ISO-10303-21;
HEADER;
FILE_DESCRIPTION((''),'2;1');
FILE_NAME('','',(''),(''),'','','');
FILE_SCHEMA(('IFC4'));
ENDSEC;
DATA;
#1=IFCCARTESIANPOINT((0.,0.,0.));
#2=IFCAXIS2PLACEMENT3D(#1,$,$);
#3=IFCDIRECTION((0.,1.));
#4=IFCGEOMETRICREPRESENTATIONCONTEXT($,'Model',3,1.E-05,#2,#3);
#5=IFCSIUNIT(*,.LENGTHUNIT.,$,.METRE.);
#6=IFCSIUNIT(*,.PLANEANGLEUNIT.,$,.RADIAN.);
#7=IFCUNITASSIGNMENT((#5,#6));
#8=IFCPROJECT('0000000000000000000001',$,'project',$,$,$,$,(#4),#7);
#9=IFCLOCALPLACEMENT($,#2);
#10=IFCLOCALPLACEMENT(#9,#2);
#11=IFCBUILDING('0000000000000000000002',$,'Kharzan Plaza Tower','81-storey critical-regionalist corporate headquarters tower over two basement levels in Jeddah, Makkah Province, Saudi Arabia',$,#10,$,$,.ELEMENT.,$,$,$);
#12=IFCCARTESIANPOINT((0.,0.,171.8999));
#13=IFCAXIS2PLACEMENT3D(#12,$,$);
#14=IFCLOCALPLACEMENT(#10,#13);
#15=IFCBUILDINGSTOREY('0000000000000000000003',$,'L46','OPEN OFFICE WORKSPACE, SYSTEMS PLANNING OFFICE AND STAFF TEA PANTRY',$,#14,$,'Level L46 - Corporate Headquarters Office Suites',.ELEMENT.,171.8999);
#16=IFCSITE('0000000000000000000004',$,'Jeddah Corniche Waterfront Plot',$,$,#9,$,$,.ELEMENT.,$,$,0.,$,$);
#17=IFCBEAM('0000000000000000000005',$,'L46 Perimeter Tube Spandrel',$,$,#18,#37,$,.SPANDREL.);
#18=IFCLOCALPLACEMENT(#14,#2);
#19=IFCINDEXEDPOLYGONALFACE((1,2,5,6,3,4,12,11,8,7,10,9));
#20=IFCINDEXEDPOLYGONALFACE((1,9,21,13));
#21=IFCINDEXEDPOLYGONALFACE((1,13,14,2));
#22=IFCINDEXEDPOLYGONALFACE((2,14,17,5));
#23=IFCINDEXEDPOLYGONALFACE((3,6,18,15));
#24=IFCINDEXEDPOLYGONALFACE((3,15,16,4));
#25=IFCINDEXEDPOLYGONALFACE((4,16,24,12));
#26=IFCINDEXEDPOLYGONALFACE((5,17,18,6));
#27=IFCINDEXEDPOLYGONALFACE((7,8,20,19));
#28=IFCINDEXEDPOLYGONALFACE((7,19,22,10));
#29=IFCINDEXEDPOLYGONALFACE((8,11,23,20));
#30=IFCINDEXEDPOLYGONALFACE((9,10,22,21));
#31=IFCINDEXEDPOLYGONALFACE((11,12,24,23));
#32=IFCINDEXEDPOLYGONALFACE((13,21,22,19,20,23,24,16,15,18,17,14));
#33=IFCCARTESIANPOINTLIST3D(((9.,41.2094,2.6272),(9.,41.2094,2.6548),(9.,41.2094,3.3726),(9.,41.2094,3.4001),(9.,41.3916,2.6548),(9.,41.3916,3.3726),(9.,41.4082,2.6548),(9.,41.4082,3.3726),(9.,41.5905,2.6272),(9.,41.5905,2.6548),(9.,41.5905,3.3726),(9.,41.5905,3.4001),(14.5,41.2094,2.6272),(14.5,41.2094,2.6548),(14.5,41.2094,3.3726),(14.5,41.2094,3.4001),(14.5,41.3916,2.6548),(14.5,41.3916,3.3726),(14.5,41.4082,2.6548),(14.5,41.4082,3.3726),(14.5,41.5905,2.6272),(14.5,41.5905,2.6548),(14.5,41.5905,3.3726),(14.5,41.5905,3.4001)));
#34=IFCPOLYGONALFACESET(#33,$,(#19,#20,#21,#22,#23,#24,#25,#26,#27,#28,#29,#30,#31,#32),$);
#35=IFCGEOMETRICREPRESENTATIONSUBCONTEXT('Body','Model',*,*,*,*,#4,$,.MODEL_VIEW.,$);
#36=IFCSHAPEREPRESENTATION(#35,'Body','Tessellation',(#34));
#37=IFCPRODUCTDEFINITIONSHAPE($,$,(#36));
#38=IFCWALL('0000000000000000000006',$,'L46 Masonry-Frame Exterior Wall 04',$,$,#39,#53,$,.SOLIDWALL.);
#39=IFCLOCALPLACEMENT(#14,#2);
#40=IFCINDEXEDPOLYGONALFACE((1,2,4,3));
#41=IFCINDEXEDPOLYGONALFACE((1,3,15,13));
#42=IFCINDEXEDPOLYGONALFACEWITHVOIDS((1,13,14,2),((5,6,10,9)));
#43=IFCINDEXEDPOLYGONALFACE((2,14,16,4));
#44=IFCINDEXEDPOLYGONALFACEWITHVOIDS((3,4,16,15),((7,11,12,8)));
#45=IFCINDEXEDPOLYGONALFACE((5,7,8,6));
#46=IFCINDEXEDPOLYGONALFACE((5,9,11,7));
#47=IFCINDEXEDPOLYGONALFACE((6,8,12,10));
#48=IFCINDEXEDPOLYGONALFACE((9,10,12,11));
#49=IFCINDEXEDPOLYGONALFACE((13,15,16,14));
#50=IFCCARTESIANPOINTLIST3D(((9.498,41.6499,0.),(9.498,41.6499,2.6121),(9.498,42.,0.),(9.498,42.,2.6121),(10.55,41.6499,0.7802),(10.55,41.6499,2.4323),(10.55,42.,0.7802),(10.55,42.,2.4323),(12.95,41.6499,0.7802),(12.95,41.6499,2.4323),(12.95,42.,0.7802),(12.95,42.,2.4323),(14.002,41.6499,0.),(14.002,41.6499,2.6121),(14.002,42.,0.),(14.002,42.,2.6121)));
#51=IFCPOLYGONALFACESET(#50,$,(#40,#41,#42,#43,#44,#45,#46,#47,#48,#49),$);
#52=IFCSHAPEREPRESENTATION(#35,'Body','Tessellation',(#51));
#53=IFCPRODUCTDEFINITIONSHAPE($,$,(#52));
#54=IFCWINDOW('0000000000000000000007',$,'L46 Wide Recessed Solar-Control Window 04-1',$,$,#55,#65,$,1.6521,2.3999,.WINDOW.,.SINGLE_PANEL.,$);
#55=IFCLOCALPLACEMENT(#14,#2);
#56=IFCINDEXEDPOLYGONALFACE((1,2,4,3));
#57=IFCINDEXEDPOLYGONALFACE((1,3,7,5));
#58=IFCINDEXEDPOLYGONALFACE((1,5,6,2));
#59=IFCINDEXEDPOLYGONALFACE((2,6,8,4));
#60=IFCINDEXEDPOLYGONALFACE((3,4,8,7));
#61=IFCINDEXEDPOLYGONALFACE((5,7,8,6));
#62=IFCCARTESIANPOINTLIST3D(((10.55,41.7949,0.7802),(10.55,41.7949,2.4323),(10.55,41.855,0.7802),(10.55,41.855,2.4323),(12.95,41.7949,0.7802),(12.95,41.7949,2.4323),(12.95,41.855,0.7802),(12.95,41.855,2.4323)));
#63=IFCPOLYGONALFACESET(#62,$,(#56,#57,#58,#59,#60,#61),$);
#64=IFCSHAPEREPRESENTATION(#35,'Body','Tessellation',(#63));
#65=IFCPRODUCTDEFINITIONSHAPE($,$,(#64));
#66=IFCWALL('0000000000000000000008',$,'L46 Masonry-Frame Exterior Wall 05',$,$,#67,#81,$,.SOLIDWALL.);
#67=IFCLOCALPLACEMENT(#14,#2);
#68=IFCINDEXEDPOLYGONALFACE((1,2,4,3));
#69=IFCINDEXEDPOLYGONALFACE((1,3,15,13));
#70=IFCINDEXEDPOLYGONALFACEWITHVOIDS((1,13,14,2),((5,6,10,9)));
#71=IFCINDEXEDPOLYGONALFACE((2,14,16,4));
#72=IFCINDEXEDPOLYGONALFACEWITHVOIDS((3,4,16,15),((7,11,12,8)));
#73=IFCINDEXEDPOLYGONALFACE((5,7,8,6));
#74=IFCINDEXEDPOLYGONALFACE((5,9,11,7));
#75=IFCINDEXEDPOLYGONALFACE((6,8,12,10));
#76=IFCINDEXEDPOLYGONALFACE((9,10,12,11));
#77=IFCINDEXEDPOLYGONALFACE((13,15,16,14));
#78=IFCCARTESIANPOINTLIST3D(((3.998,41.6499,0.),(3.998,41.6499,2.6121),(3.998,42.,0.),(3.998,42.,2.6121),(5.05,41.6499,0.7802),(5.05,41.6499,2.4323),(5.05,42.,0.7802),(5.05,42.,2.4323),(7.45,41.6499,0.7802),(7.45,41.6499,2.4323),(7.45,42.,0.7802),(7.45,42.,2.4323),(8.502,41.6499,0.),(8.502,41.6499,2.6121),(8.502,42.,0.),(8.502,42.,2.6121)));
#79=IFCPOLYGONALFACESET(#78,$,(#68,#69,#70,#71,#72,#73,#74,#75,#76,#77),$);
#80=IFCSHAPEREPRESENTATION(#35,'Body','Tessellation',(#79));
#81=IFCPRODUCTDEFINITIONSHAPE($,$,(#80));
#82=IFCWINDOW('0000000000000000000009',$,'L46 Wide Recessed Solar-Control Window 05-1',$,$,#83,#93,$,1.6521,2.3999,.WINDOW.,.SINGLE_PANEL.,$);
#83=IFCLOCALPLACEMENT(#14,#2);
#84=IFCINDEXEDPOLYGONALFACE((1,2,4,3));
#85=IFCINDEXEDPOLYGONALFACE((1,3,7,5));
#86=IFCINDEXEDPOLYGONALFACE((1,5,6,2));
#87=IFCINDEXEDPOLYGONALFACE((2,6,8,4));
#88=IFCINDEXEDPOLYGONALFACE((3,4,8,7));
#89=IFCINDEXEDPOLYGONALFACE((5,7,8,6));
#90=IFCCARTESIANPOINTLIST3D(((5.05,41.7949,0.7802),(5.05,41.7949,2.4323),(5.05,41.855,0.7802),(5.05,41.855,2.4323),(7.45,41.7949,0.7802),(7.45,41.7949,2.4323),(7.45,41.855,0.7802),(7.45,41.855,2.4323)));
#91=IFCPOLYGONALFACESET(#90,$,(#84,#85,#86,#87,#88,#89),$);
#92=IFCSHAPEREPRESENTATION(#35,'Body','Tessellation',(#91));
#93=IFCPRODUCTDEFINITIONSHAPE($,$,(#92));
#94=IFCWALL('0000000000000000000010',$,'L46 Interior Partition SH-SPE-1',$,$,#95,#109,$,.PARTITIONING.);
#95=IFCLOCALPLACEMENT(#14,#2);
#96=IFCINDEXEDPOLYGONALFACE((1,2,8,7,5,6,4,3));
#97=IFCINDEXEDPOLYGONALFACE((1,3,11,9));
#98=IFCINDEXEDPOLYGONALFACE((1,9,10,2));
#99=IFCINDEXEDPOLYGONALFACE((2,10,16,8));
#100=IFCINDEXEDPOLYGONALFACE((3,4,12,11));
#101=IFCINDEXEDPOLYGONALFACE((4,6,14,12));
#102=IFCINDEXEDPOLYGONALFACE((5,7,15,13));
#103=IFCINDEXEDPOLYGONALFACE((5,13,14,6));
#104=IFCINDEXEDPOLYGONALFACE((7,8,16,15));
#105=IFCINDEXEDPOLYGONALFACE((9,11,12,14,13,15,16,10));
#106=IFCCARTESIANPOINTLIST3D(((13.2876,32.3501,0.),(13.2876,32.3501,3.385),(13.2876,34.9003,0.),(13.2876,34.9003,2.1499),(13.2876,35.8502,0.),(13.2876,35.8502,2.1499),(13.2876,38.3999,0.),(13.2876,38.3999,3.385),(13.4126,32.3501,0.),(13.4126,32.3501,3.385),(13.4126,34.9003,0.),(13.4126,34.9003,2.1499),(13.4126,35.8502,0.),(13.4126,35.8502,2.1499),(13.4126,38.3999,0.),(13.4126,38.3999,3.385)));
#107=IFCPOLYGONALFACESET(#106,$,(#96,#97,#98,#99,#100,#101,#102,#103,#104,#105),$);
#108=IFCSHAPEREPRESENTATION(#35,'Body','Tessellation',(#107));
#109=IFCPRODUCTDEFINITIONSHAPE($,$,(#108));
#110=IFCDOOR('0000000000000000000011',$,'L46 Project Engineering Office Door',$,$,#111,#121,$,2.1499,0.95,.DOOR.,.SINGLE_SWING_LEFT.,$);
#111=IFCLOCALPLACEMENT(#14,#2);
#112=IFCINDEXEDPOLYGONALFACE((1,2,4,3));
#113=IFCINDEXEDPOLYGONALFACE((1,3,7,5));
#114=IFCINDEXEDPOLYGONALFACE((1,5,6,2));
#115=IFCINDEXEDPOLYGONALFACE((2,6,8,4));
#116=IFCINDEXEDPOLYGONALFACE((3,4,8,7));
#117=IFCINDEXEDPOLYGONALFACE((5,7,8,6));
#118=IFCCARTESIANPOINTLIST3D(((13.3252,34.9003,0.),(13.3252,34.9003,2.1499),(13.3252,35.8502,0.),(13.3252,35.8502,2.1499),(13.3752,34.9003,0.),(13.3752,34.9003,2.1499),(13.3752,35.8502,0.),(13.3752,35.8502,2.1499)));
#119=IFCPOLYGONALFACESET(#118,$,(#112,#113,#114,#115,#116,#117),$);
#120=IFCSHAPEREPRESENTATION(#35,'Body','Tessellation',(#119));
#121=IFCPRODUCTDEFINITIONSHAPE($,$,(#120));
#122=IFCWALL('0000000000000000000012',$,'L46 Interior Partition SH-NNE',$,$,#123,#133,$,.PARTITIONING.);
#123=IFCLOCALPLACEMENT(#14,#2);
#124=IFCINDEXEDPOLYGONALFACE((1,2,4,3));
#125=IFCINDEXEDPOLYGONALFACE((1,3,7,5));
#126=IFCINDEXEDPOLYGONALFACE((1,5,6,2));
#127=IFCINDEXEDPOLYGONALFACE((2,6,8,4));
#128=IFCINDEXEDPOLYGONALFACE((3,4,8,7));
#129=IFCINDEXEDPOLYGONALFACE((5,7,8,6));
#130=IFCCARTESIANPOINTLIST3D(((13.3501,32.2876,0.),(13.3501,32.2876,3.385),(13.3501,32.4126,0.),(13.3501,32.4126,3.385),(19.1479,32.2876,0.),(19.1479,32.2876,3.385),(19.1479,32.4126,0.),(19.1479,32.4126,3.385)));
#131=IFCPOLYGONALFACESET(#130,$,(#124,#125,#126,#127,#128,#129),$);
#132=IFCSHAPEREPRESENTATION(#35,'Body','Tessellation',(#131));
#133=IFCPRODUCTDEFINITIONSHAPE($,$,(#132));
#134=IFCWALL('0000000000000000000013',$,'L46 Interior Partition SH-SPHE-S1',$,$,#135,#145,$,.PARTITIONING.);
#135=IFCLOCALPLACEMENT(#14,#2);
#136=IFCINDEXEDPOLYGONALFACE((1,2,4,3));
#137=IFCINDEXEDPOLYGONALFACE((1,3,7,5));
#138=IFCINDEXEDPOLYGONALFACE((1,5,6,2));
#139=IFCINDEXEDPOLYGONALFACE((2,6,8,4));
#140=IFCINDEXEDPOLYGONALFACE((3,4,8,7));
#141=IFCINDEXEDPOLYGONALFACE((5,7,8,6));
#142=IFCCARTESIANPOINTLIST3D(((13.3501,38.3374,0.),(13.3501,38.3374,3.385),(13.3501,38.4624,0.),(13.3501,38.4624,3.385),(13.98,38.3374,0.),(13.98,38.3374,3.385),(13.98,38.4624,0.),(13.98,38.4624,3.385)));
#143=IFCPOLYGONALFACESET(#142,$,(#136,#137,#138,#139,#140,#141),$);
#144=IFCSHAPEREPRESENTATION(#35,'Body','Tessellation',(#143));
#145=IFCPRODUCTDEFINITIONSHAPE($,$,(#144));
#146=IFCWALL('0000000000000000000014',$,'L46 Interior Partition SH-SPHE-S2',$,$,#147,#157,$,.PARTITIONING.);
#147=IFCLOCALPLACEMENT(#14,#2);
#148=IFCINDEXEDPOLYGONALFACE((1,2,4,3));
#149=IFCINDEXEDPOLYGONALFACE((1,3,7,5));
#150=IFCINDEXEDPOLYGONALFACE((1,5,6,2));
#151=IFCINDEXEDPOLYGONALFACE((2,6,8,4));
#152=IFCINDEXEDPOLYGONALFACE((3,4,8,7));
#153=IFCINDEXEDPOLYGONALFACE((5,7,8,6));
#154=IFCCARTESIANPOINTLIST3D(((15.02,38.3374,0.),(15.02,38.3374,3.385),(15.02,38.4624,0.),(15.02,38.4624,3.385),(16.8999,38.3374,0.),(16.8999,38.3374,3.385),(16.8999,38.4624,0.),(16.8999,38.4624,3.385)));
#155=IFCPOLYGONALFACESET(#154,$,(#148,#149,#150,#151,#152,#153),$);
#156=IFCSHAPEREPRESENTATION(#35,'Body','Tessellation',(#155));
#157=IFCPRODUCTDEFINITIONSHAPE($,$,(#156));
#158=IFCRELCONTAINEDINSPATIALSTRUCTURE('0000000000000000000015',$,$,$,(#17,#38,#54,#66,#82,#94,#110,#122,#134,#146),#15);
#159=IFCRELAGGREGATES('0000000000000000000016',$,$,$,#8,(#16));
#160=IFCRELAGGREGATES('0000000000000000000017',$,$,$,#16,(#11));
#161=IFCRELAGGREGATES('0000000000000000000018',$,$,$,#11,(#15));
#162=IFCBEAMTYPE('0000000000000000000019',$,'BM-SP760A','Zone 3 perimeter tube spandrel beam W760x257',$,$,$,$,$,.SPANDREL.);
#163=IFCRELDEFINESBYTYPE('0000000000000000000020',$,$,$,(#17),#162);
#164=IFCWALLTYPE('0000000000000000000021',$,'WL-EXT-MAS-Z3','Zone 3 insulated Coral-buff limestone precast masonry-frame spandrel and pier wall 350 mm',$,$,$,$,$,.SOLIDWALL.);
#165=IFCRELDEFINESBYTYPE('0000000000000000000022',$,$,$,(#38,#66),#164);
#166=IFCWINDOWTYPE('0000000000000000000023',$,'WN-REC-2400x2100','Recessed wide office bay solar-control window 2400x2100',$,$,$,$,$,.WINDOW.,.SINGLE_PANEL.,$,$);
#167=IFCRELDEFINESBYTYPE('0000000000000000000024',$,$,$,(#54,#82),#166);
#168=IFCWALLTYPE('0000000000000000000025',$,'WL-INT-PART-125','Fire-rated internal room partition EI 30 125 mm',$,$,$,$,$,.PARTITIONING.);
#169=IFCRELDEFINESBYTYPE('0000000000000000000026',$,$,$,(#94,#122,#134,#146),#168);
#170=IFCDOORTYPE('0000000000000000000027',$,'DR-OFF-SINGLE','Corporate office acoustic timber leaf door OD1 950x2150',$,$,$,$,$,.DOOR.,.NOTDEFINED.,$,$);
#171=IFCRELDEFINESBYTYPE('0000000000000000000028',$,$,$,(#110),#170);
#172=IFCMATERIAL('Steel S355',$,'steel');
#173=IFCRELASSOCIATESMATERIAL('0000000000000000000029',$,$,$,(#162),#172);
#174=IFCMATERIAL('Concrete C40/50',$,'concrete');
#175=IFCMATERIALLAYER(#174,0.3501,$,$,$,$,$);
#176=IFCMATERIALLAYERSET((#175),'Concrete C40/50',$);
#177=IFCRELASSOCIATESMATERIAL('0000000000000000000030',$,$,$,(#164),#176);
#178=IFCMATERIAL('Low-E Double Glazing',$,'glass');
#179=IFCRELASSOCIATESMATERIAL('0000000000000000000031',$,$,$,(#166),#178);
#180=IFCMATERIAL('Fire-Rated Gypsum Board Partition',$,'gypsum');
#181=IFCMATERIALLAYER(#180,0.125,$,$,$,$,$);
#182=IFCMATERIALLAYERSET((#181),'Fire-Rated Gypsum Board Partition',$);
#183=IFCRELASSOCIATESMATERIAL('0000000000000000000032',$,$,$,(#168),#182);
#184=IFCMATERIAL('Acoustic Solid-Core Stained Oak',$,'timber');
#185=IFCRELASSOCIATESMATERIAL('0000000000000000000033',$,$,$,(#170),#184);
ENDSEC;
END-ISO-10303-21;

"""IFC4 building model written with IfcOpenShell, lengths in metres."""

from ifc_helpers import new_model, si_unit, direction, frame, frame_2d, origin, origin_2d, place, context, subcontext, project, spatial, rectangle, i_section, extrude, source, transform, mapped, material, layer, layer_set, material_profile, profile_set, type_object, element, fill, save


model = new_model("IFC4")

# Units and contexts
model_context = context("Model", 3, precision=1e-05, world=origin(), true_north=direction((0.0, 1.0)))
body_context = subcontext(model_context, "Body", "Model", "MODEL_VIEW")
ifc_project = project(units=[si_unit("LENGTHUNIT", "METRE"), si_unit("PLANEANGLEUNIT", "RADIAN")], contexts=[model_context])

# Site, building, storey
site_placement = place(None, origin())
site = spatial("IfcSite", under=ifc_project, at=site_placement, Name="Jeddah Corniche Waterfront Plot", CompositionType="ELEMENT", RefElevation=0.0)
building_placement = place(site_placement, origin())
building = spatial("IfcBuilding", under=site, at=building_placement, Name="Kharzan Plaza Tower", Description="81-storey critical-regionalist corporate headquarters tower over two basement levels in Jeddah, Makkah Province, Saudi Arabia", CompositionType="ELEMENT")
storey_placement = place(building_placement, frame((0.0, 0.0, 171.8999)))
storey = spatial("IfcBuildingStorey", under=building, at=storey_placement, Name="L46", Description="OPEN OFFICE WORKSPACE, SYSTEMS PLANNING OFFICE AND STAFF TEA PANTRY", LongName="Level L46 - Corporate Headquarters Office Suites", CompositionType="ELEMENT", Elevation=171.8999)

# Beam
ifc_material_1 = material(Name="Steel S355", Category="steel")
ifc_material_profile_1 = material_profile(ifc_material_1, i_section(OverallWidth=0.3811, OverallDepth=0.7729, WebThickness=0.0166, FlangeThickness=0.0276, at=origin_2d()), Name="W760x257")
ifc_profile_set_1 = profile_set([ifc_material_profile_1], Name="Steel S355")
beam_type_1 = type_object("IfcBeamType", Name="BM-SP760A", Description="Zone 3 perimeter tube spandrel beam W760x257", PredefinedType="SPANDREL", material=ifc_profile_set_1)
shared_shape_1 = source(origin(), body_context, "Body", "SweptSolid", [
    extrude(i_section(OverallWidth=0.3811, OverallDepth=0.7729, WebThickness=0.0166, FlangeThickness=0.0276, at=origin_2d()), origin(), (0.0, 0.0, 1.0), 5.5),
])
for number, where, z_axis, x_axis, name in (
    (1, (9.0, 41.3999, 3.0137), (1.0, 0.0, 0.0), (0.0, 1.0, 0.0), "L46 Perimeter Tube Spandrel"),
):
    element("IfcBeam", number, at=place(storey_placement, frame(where, z_axis=z_axis, x_axis=x_axis)), inside=storey, type_object=beam_type_1, Name=name, PredefinedType="SPANDREL", context=body_context, shape_type="MappedRepresentation", body=[
        mapped(shared_shape_1, transform((0.0, 0.0, 0.0), x_axis=(1.0, 0.0, 0.0), y_axis=(0.0, 1.0, 0.0), z_axis=(0.0, 0.0, 1.0))),
    ])

# Walls, openings, windows
ifc_material_2 = material(Name="Concrete C40/50", Category="concrete")
ifc_layer_1 = layer(ifc_material_2, 0.3501)
ifc_layer_set_1 = layer_set([ifc_layer_1], Name="Concrete C40/50")
wall_type_1 = type_object("IfcWallType", Name="WL-EXT-MAS-Z3", Description="Zone 3 insulated Coral-buff limestone precast masonry-frame spandrel and pier wall 350 mm", PredefinedType="SOLIDWALL", material=ifc_layer_set_1)
wall_1_placement = place(storey_placement, frame((14.002, 41.825, 0.0), z_axis=(0.0, 0.0, 1.0), x_axis=(-1.0, 0.0, 0.0)))
wall_1 = element("IfcWall", 2, at=wall_1_placement, inside=storey, type_object=wall_type_1, Name="L46 Masonry-Frame Exterior Wall 04", PredefinedType="SOLIDWALL", context=body_context, shape_type="SweptSolid", body=[
    extrude(rectangle(XDim=4.5039, YDim=0.3501, at=frame_2d((2.252, 0.0))), origin(), (0.0, 0.0, 1.0), 2.6121),
])
opening_1_placement = place(wall_1_placement, frame((1.052, 0.0, 0.78)))
opening_1 = element("IfcOpeningElement", 3, at=opening_1_placement, cuts=wall_1, PredefinedType="OPENING", context=body_context, shape_type="SweptSolid", body=[
    extrude(rectangle(XDim=2.3999, YDim=1.6521, at=frame_2d((1.2, 0.8262))), frame((0.0, 0.1851, 0.0), z_axis=(0.0, -1.0, 0.0), x_axis=(1.0, 0.0, 0.0)), (0.0, 0.0, 1.0), 0.3701),
])
ifc_material_3 = material(Name="Low-E Double Glazing", Category="glass")
window_type = type_object("IfcWindowType", Name="WN-REC-2400x2100", Description="Recessed wide office bay solar-control window 2400x2100", PartitioningType="SINGLE_PANEL", PredefinedType="WINDOW", material=ifc_material_3)
shared_shape_2 = source(origin(), body_context, "Body", "SweptSolid", [
    extrude(rectangle(XDim=2.3999, YDim=1.6521, at=frame_2d((1.2, 0.8262))), frame((0.0, 0.03, 0.0), z_axis=(0.0, -1.0, 0.0), x_axis=(1.0, 0.0, 0.0)), (0.0, 0.0, 1.0), 0.0601),
])
window_1_placement = place(opening_1_placement, origin())
window_1 = element("IfcWindow", 4, at=window_1_placement, inside=storey, type_object=window_type, Name="L46 Wide Recessed Solar-Control Window 04-1", OverallHeight=1.6521, OverallWidth=2.3999, PartitioningType="SINGLE_PANEL", PredefinedType="WINDOW", context=body_context, shape_type="MappedRepresentation", body=[
    mapped(shared_shape_2, transform((0.0, 0.0, 0.0), x_axis=(1.0, 0.0, 0.0), y_axis=(0.0, 1.0, 0.0), z_axis=(0.0, 0.0, 1.0))),
])
fill(opening_1, window_1)
wall_2_placement = place(storey_placement, frame((8.502, 41.825, 0.0), z_axis=(0.0, 0.0, 1.0), x_axis=(-1.0, 0.0, 0.0)))
wall_2 = element("IfcWall", 5, at=wall_2_placement, inside=storey, type_object=wall_type_1, Name="L46 Masonry-Frame Exterior Wall 05", PredefinedType="SOLIDWALL", context=body_context, shape_type="SweptSolid", body=[
    extrude(rectangle(XDim=4.5039, YDim=0.3501, at=frame_2d((2.252, 0.0))), origin(), (0.0, 0.0, 1.0), 2.6121),
])
opening_2_placement = place(wall_2_placement, frame((1.052, 0.0, 0.78)))
opening_2 = element("IfcOpeningElement", 6, at=opening_2_placement, cuts=wall_2, PredefinedType="OPENING", context=body_context, shape_type="SweptSolid", body=[
    extrude(rectangle(XDim=2.3999, YDim=1.6521, at=frame_2d((1.2, 0.8262))), frame((0.0, 0.1851, 0.0), z_axis=(0.0, -1.0, 0.0), x_axis=(1.0, 0.0, 0.0)), (0.0, 0.0, 1.0), 0.3701),
])
window_2_placement = place(opening_2_placement, origin())
window_2 = element("IfcWindow", 7, at=window_2_placement, inside=storey, type_object=window_type, Name="L46 Wide Recessed Solar-Control Window 05-1", OverallHeight=1.6521, OverallWidth=2.3999, PartitioningType="SINGLE_PANEL", PredefinedType="WINDOW", context=body_context, shape_type="MappedRepresentation", body=[
    mapped(shared_shape_2, transform((0.0, 0.0, 0.0), x_axis=(1.0, 0.0, 0.0), y_axis=(0.0, 1.0, 0.0), z_axis=(0.0, 0.0, 1.0))),
])
fill(opening_2, window_2)

# Wall, opening, door
ifc_material_4 = material(Name="Fire-Rated Gypsum Board Partition", Category="gypsum")
ifc_layer_2 = layer(ifc_material_4, 0.125)
ifc_layer_set_2 = layer_set([ifc_layer_2], Name="Fire-Rated Gypsum Board Partition")
wall_type_2 = type_object("IfcWallType", Name="WL-INT-PART-125", Description="Fire-rated internal room partition EI 30 125 mm", PredefinedType="PARTITIONING", material=ifc_layer_set_2)
wall_3_placement = place(storey_placement, frame((13.3501, 32.3501, 0.0), z_axis=(0.0, 0.0, 1.0), x_axis=(0.0, 1.0, 0.0)))
wall_3 = element("IfcWall", 8, at=wall_3_placement, inside=storey, type_object=wall_type_2, Name="L46 Interior Partition SH-SPE-1", PredefinedType="PARTITIONING", context=body_context, shape_type="SweptSolid", body=[
    extrude(rectangle(XDim=6.0498, YDim=0.125, at=frame_2d((3.0249, 0.0))), origin(), (0.0, 0.0, 1.0), 3.385),
])
opening_3_placement = place(wall_3_placement, frame((2.55, 0.0, 0.0)))
opening_3 = element("IfcOpeningElement", 9, at=opening_3_placement, cuts=wall_3, PredefinedType="OPENING", context=body_context, shape_type="SweptSolid", body=[
    extrude(rectangle(XDim=0.95, YDim=2.1499, at=frame_2d((0.4751, 1.075))), frame((0.0, 0.0725, 0.0), z_axis=(0.0, -1.0, 0.0), x_axis=(1.0, 0.0, 0.0)), (0.0, 0.0, 1.0), 0.145),
])
ifc_material_5 = material(Name="Acoustic Solid-Core Stained Oak", Category="timber")
door_type = type_object("IfcDoorType", Name="DR-OFF-SINGLE", Description="Corporate office acoustic timber leaf door OD1 950x2150", OperationType="NOTDEFINED", PredefinedType="DOOR", material=ifc_material_5)
shared_shape_3 = source(origin(), body_context, "Body", "SweptSolid", [
    extrude(rectangle(XDim=0.95, YDim=2.1499, at=frame_2d((0.4751, 1.075))), frame((0.0, 0.0249, 0.0), z_axis=(0.0, -1.0, 0.0), x_axis=(1.0, 0.0, 0.0)), (0.0, 0.0, 1.0), 0.05),
])
door_1_placement = place(opening_3_placement, origin())
door_1 = element("IfcDoor", 10, at=door_1_placement, inside=storey, type_object=door_type, Name="L46 Project Engineering Office Door", OperationType="SINGLE_SWING_LEFT", OverallHeight=2.1499, OverallWidth=0.95, PredefinedType="DOOR", context=body_context, shape_type="MappedRepresentation", body=[
    mapped(shared_shape_3, transform((0.0, 0.0, 0.0), x_axis=(1.0, 0.0, 0.0), y_axis=(0.0, 1.0, 0.0), z_axis=(0.0, 0.0, 1.0))),
])
fill(opening_3, door_1)

# Walls
shared_shape_4 = source(origin(), body_context, "Body", "SweptSolid", [
    extrude(rectangle(XDim=5.7979, YDim=0.125, at=frame_2d((2.8989, 0.0))), origin(), (0.0, 0.0, 1.0), 3.385),
])
wall_4_placement = place(storey_placement, frame((13.3501, 32.3501, 0.0), z_axis=(0.0, 0.0, 1.0), x_axis=(1.0, 0.0, 0.0)))
element("IfcWall", 11, at=wall_4_placement, inside=storey, type_object=wall_type_2, Name="L46 Interior Partition SH-NNE", PredefinedType="PARTITIONING", context=body_context, shape_type="MappedRepresentation", body=[
    mapped(shared_shape_4, transform((0.0, 0.0, 0.0), x_axis=(1.0, 0.0, 0.0), y_axis=(0.0, 1.0, 0.0), z_axis=(0.0, 0.0, 1.0))),
])
shared_shape_5 = source(origin(), body_context, "Body", "SweptSolid", [
    extrude(rectangle(XDim=0.6299, YDim=0.125, at=frame_2d((0.3149, 0.0))), origin(), (0.0, 0.0, 1.0), 3.385),
])
wall_5_placement = place(storey_placement, frame((13.3501, 38.3999, 0.0), z_axis=(0.0, 0.0, 1.0), x_axis=(1.0, 0.0, 0.0)))
element("IfcWall", 12, at=wall_5_placement, inside=storey, type_object=wall_type_2, Name="L46 Interior Partition SH-SPHE-S1", PredefinedType="PARTITIONING", context=body_context, shape_type="MappedRepresentation", body=[
    mapped(shared_shape_5, transform((0.0, 0.0, 0.0), x_axis=(1.0, 0.0, 0.0), y_axis=(0.0, 1.0, 0.0), z_axis=(0.0, 0.0, 1.0))),
])
shared_shape_6 = source(origin(), body_context, "Body", "SweptSolid", [
    extrude(rectangle(XDim=1.8799, YDim=0.125, at=frame_2d((0.9399, 0.0))), origin(), (0.0, 0.0, 1.0), 3.385),
])
wall_6_placement = place(storey_placement, frame((15.02, 38.3999, 0.0), z_axis=(0.0, 0.0, 1.0), x_axis=(1.0, 0.0, 0.0)))
element("IfcWall", 13, at=wall_6_placement, inside=storey, type_object=wall_type_2, Name="L46 Interior Partition SH-SPHE-S2", PredefinedType="PARTITIONING", context=body_context, shape_type="MappedRepresentation", body=[
    mapped(shared_shape_6, transform((0.0, 0.0, 0.0), x_axis=(1.0, 0.0, 0.0), y_axis=(0.0, 1.0, 0.0), z_axis=(0.0, 0.0, 1.0))),
])

save(model, "model.ifc")
